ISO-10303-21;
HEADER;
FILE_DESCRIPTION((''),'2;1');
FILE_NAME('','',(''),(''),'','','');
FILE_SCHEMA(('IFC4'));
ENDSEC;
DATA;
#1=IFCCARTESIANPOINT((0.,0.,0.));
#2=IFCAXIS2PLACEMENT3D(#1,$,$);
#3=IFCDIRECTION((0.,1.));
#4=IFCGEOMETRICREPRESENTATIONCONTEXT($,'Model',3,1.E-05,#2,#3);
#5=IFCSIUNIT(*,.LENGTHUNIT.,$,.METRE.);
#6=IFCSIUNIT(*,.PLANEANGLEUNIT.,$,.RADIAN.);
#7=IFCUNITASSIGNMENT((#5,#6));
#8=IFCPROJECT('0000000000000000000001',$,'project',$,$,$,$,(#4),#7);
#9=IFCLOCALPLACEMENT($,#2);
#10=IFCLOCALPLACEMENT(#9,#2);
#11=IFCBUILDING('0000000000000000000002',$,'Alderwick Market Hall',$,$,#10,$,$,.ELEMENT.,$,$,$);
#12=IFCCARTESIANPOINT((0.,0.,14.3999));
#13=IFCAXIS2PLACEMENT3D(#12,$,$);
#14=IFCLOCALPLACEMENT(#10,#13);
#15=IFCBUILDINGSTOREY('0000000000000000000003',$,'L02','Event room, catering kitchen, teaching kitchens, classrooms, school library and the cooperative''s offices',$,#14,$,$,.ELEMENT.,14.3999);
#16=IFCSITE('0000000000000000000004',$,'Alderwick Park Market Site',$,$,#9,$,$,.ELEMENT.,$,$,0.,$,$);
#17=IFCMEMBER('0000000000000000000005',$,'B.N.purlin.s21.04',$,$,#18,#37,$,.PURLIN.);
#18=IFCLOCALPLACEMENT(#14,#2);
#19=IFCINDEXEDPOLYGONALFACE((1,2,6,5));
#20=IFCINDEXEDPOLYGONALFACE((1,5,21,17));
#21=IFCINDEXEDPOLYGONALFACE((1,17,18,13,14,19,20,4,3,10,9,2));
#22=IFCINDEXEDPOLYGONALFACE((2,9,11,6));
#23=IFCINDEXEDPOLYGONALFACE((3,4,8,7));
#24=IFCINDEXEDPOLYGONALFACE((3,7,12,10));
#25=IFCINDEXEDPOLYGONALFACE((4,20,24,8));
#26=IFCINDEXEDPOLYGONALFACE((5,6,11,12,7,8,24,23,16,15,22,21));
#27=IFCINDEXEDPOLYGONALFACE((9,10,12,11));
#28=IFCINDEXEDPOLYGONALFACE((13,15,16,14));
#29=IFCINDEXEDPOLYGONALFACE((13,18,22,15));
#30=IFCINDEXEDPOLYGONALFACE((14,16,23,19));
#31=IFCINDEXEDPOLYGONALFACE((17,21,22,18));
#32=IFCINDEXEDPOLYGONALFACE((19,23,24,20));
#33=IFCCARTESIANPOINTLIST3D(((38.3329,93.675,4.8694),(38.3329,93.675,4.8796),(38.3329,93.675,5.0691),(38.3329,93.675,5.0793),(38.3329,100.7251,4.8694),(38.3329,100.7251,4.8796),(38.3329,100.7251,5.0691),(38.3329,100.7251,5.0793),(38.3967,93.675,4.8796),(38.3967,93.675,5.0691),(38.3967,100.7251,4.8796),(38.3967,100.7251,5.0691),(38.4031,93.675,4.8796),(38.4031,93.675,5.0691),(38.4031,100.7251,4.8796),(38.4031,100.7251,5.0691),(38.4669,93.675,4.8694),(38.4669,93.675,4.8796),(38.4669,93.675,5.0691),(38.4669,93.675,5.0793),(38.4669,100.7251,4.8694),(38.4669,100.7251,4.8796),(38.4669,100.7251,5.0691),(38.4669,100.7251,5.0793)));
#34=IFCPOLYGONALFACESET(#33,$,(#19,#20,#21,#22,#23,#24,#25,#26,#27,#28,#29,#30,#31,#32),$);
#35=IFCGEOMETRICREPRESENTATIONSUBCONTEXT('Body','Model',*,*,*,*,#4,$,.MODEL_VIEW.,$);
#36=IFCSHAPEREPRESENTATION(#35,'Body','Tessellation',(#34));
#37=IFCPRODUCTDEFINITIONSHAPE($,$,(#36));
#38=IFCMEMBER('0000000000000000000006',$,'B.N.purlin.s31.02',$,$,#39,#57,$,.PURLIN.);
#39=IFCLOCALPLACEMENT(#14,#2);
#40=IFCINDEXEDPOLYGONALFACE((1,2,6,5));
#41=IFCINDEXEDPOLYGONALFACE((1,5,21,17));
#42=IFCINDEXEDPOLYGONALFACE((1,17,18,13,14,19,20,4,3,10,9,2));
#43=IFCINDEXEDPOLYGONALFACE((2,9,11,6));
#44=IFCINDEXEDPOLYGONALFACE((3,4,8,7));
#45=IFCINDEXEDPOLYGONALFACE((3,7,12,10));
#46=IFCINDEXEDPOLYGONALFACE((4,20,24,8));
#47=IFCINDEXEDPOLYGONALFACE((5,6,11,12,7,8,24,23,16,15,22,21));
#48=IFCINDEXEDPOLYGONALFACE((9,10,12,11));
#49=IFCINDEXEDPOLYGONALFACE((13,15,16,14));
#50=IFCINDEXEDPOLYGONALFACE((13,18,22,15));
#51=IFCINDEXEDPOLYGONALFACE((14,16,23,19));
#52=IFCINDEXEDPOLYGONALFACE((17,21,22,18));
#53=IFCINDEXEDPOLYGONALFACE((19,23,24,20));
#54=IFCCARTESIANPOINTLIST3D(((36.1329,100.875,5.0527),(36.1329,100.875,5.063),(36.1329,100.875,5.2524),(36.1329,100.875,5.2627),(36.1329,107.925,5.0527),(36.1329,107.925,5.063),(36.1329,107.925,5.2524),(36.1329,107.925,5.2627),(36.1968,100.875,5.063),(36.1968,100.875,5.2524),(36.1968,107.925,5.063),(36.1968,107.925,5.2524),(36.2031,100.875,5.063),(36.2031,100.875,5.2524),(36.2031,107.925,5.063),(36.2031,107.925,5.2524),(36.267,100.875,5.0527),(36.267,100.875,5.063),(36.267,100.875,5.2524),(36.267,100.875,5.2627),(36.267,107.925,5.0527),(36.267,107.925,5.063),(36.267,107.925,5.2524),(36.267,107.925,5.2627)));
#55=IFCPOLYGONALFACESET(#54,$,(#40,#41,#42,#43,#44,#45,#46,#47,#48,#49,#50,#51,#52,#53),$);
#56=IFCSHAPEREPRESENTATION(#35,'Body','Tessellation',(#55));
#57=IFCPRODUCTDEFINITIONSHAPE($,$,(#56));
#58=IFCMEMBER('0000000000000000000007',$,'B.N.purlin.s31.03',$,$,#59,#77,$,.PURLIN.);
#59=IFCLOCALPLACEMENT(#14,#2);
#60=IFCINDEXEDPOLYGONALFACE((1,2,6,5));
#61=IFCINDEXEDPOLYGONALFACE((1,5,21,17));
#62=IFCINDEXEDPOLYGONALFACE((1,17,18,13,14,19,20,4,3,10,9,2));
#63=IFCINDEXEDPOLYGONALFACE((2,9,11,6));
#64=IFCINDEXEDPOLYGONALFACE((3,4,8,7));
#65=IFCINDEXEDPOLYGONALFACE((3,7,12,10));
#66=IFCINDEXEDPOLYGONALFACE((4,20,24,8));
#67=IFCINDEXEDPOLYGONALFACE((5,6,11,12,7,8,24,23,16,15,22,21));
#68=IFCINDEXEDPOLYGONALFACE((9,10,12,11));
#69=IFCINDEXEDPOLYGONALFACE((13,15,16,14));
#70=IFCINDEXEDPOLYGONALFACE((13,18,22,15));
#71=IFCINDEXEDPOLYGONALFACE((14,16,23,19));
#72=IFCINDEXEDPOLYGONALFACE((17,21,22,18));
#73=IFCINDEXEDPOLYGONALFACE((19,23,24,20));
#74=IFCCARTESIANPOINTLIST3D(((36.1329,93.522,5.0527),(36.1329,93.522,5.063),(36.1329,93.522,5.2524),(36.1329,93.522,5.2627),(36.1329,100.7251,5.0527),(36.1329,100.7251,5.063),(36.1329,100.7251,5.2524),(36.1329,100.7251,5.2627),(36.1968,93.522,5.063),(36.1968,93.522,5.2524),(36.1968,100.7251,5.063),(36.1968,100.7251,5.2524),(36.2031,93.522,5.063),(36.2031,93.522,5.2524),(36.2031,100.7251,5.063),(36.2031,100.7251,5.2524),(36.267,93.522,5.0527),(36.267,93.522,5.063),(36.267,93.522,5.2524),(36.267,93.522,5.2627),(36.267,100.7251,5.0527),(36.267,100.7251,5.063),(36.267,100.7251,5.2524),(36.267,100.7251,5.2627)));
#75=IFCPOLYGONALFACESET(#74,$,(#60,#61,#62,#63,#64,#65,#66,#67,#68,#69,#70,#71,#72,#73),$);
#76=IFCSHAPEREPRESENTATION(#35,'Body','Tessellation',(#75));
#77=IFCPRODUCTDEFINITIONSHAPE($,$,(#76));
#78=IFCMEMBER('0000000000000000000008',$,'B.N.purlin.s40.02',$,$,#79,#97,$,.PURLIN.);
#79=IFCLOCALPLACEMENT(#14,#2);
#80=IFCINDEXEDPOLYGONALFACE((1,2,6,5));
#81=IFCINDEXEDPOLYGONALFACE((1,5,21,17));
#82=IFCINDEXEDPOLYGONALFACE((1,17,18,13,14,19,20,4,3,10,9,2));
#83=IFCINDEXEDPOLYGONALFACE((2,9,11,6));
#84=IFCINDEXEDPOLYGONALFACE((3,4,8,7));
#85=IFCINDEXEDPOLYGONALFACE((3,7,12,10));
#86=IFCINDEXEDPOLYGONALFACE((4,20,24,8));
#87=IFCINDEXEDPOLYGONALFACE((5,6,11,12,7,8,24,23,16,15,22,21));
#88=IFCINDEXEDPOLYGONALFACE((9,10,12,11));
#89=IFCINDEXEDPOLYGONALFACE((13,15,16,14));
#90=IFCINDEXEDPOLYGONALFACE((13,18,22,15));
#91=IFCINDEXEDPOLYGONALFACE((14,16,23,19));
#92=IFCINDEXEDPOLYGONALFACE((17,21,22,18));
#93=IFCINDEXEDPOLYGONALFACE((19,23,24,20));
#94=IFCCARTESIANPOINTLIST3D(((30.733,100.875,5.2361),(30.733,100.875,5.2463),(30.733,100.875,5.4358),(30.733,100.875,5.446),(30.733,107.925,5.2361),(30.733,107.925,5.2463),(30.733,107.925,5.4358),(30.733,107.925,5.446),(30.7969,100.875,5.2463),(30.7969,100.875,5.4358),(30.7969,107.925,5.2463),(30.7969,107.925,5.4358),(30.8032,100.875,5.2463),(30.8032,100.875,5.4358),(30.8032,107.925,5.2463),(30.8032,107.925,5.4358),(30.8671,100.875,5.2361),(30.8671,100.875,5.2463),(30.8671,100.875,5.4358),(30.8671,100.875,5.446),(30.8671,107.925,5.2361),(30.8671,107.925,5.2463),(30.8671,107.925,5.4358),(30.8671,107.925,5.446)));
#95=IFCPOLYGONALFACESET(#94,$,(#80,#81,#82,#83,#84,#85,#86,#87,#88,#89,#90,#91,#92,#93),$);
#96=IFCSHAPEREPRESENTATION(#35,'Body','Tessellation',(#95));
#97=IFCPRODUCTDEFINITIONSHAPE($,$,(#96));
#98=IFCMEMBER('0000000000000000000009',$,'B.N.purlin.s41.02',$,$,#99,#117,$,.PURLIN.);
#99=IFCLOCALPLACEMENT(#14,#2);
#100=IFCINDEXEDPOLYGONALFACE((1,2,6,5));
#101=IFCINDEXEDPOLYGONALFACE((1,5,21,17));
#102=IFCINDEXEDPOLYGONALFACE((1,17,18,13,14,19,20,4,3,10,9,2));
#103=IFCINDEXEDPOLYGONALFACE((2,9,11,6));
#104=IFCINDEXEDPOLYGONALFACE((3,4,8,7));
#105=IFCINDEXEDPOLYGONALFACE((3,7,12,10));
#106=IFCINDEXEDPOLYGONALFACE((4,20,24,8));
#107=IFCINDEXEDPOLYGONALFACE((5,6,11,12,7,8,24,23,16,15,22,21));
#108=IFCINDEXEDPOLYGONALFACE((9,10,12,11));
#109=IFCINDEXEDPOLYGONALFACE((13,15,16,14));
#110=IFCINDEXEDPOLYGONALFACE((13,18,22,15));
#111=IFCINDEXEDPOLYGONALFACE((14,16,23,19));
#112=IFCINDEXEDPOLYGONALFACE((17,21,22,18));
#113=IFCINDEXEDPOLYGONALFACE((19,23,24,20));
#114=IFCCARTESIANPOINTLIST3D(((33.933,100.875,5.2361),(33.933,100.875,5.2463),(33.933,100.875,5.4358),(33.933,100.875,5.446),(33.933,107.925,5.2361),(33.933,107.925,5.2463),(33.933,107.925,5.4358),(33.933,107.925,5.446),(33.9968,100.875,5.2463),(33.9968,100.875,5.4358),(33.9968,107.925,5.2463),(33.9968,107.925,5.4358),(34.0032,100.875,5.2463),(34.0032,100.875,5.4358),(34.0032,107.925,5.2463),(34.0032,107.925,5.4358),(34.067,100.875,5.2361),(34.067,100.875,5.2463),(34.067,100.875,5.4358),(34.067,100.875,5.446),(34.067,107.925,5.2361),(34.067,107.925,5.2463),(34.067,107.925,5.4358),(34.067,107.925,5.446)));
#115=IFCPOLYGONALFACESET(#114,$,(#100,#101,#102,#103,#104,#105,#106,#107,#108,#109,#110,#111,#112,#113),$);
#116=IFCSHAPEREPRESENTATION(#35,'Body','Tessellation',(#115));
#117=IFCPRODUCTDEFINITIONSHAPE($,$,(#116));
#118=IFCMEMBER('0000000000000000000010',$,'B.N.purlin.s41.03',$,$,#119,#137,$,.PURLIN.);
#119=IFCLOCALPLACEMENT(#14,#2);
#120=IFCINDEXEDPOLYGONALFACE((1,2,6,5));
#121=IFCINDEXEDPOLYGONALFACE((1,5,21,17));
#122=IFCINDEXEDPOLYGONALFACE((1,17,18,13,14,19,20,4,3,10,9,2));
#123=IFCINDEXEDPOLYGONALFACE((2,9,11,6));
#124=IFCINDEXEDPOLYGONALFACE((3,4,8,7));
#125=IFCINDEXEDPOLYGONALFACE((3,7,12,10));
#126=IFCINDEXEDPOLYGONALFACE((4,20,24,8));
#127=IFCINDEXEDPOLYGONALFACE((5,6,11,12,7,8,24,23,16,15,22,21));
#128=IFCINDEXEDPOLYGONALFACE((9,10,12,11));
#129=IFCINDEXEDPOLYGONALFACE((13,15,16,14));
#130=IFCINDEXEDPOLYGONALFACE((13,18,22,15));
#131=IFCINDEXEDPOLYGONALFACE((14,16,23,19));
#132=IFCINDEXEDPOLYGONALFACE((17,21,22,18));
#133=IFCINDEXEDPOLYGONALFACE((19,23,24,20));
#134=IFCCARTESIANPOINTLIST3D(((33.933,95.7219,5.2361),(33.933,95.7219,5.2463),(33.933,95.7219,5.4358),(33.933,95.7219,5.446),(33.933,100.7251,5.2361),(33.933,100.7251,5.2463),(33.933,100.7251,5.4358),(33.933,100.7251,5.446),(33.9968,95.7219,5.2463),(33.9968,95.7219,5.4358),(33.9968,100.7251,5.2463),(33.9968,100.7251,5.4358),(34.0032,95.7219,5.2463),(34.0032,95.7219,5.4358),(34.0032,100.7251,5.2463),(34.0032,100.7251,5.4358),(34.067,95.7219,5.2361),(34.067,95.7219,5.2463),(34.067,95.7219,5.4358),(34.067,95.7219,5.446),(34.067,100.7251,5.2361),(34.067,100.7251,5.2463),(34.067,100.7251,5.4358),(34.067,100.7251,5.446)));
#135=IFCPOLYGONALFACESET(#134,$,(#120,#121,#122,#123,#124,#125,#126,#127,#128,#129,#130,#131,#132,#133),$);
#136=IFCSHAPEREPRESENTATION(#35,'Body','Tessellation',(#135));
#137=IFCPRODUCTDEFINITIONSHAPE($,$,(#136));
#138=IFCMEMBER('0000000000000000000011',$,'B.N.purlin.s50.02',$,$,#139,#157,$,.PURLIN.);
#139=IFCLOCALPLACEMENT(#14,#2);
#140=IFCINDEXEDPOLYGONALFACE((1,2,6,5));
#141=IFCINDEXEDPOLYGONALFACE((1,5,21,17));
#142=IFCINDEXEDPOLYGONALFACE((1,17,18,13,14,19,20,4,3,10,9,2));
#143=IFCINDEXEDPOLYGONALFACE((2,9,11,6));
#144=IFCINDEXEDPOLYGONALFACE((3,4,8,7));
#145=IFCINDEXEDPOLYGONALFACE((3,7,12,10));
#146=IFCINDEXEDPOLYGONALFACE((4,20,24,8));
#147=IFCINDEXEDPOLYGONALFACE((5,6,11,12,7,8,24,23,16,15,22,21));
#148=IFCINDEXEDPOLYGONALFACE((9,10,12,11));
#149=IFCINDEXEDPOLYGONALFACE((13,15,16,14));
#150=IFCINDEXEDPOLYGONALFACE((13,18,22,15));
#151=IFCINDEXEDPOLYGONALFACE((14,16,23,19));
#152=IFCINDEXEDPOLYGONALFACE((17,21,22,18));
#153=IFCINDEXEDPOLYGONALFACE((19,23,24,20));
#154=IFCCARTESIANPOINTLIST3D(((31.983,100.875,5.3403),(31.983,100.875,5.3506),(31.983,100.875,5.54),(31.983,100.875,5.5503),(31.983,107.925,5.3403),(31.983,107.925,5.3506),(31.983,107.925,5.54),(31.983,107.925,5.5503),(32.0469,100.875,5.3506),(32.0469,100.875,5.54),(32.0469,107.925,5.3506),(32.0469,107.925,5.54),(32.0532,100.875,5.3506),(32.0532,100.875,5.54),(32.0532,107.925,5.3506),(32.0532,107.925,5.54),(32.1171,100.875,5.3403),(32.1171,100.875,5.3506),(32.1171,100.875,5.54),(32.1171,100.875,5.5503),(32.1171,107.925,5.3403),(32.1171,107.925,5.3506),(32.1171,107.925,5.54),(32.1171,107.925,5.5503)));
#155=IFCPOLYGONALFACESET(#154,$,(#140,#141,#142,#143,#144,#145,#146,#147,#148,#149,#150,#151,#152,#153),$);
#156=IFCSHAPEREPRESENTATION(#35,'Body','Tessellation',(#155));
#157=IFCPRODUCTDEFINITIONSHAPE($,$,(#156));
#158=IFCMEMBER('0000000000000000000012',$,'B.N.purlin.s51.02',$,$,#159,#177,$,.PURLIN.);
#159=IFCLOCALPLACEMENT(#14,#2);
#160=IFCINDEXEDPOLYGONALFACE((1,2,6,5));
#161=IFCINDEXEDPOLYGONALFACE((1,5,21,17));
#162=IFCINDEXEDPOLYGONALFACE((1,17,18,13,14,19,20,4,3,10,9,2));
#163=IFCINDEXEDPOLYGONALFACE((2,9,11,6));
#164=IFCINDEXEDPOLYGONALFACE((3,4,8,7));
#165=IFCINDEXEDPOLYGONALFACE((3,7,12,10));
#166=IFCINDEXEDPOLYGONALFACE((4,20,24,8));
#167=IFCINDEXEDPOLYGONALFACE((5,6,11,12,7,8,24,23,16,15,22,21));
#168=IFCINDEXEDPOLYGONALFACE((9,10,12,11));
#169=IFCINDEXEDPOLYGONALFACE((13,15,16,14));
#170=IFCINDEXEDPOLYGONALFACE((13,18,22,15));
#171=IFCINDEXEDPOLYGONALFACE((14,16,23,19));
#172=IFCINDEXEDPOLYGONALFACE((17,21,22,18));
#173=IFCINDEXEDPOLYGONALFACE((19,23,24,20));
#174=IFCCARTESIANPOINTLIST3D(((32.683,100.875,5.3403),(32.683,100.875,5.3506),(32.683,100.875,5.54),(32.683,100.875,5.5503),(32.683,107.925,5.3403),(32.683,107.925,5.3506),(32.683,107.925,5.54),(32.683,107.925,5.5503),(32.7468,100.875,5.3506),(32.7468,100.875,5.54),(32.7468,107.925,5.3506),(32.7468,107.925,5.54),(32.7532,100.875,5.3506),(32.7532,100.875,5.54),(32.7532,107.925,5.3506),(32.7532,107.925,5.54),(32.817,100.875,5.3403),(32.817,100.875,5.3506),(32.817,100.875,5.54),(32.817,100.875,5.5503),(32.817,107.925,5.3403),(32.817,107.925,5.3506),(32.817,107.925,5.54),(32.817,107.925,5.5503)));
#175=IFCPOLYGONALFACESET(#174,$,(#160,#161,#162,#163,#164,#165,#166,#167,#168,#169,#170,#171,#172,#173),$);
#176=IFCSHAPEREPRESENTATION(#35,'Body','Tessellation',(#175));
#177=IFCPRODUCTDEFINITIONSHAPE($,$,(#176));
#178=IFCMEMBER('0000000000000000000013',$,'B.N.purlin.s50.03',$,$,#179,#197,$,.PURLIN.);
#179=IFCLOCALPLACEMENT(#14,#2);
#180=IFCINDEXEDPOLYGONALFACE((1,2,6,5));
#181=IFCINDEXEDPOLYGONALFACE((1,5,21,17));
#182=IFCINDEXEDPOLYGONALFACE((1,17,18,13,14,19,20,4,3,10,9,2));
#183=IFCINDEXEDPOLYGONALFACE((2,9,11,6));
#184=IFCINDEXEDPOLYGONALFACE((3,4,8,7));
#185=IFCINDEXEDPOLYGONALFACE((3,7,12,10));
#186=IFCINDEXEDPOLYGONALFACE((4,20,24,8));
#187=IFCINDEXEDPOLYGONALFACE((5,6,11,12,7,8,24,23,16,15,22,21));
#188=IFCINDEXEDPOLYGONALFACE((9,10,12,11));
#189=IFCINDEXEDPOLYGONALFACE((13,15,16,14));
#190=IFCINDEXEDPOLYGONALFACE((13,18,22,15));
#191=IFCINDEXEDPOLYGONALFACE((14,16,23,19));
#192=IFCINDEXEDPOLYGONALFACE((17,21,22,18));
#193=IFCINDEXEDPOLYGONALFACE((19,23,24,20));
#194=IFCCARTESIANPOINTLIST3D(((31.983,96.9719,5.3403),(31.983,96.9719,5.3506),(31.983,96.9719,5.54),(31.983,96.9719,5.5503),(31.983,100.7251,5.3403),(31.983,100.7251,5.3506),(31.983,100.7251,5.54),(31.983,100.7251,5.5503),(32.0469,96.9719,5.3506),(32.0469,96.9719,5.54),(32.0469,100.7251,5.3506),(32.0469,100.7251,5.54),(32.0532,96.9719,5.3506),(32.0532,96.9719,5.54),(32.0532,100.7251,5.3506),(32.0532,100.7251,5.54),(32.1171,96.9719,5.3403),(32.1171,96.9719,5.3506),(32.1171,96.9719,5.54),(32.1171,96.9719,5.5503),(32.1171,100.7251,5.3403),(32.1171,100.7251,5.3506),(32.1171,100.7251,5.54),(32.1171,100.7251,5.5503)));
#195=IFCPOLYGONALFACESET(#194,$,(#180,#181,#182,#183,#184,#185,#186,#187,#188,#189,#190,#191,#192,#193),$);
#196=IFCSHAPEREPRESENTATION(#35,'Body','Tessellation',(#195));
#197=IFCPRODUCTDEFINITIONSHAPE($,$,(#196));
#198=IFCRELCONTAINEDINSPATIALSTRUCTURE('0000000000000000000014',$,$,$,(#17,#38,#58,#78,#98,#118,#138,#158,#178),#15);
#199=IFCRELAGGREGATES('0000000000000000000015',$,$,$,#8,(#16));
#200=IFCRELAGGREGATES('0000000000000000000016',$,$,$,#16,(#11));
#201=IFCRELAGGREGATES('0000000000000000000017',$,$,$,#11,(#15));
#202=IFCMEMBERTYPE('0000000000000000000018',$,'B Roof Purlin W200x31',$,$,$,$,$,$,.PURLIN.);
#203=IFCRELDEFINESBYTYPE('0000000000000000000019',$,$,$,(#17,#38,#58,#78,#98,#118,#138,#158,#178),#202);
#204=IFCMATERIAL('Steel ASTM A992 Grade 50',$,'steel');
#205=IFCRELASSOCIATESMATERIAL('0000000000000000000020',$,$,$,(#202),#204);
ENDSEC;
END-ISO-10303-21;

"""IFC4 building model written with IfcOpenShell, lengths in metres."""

from ifc_helpers import new_model, si_unit, direction, frame, origin, origin_2d, place, context, subcontext, project, spatial, i_section, extrude, material, material_profile, profile_set, type_object, element, save


model = new_model("IFC4")

# Units and contexts
model_context = context("Model", 3, precision=1e-05, world=origin(), true_north=direction((0.0, 1.0)))
body_context = subcontext(model_context, "Body", "Model", "MODEL_VIEW")
ifc_project = project(units=[si_unit("LENGTHUNIT", "METRE"), si_unit("PLANEANGLEUNIT", "RADIAN")], contexts=[model_context])

# Site, building, storey
site_placement = place(None, origin())
site = spatial("IfcSite", under=ifc_project, at=site_placement, Name="Alderwick Park Market Site", CompositionType="ELEMENT", RefElevation=0.0)
building_placement = place(site_placement, origin())
building = spatial("IfcBuilding", under=site, at=building_placement, Name="Alderwick Market Hall", CompositionType="ELEMENT")
storey_placement = place(building_placement, frame((0.0, 0.0, 14.3999)))
storey = spatial("IfcBuildingStorey", under=building, at=storey_placement, Name="L02", Description="Event room, catering kitchen, teaching kitchens, classrooms, school library and the cooperative's offices", CompositionType="ELEMENT", Elevation=14.3999)

# Members
ifc_material_1 = material(Name="Steel ASTM A992 Grade 50", Category="steel")
ifc_material_profile_1 = material_profile(ifc_material_1, i_section(OverallWidth=0.134, OverallDepth=0.21, WebThickness=0.0063, FlangeThickness=0.0103, at=origin_2d()), Name="W200x31")
ifc_profile_set_1 = profile_set([ifc_material_profile_1], Name="Steel ASTM A992 Grade 50")
member_type = type_object("IfcMemberType", Name="B Roof Purlin W200x31", PredefinedType="PURLIN", material=ifc_profile_set_1)
for number, where, z_axis, x_axis, name in (
    (1, (38.3999, 100.7251, 4.9744), (0.0, -1.0, 0.0), (1.0, 0.0, 0.0), "B.N.purlin.s21.04"),
    (2, (36.2, 107.925, 5.1577), (0.0, -1.0, 0.0), (1.0, 0.0, 0.0), "B.N.purlin.s31.02"),
):
    element("IfcMember", number, at=place(storey_placement, frame(where, z_axis=z_axis, x_axis=x_axis)), inside=storey, type_object=member_type, Name=name, PredefinedType="PURLIN", context=body_context, shape_type="SweptSolid", body=[
        extrude(i_section(OverallWidth=0.134, OverallDepth=0.21, WebThickness=0.0063, FlangeThickness=0.0103, at=origin_2d()), origin(), (0.0, 0.0, 1.0), 7.05),
    ])
member_1_placement = place(storey_placement, frame((36.2, 100.7251, 5.1577), z_axis=(0.0, -1.0, 0.0), x_axis=(1.0, 0.0, 0.0)))
element("IfcMember", 3, at=member_1_placement, inside=storey, type_object=member_type, Name="B.N.purlin.s31.03", PredefinedType="PURLIN", context=body_context, shape_type="SweptSolid", body=[
    extrude(i_section(OverallWidth=0.134, OverallDepth=0.21, WebThickness=0.0063, FlangeThickness=0.0103, at=origin_2d()), origin(), (0.0, 0.0, 1.0), 7.2031),
])
for number, where, z_axis, x_axis, name in (
    (4, (30.8, 107.925, 5.3411), (0.0, -1.0, 0.0), (1.0, 0.0, 0.0), "B.N.purlin.s40.02"),
    (5, (34.0, 107.925, 5.3411), (0.0, -1.0, 0.0), (1.0, 0.0, 0.0), "B.N.purlin.s41.02"),
):
    element("IfcMember", number, at=place(storey_placement, frame(where, z_axis=z_axis, x_axis=x_axis)), inside=storey, type_object=member_type, Name=name, PredefinedType="PURLIN", context=body_context, shape_type="SweptSolid", body=[
        extrude(i_section(OverallWidth=0.134, OverallDepth=0.21, WebThickness=0.0063, FlangeThickness=0.0103, at=origin_2d()), origin(), (0.0, 0.0, 1.0), 7.05),
    ])
member_2_placement = place(storey_placement, frame((34.0, 100.7251, 5.3411), z_axis=(0.0, -1.0, 0.0), x_axis=(1.0, 0.0, 0.0)))
element("IfcMember", 6, at=member_2_placement, inside=storey, type_object=member_type, Name="B.N.purlin.s41.03", PredefinedType="PURLIN", context=body_context, shape_type="SweptSolid", body=[
    extrude(i_section(OverallWidth=0.134, OverallDepth=0.21, WebThickness=0.0063, FlangeThickness=0.0103, at=origin_2d()), origin(), (0.0, 0.0, 1.0), 5.0032),
])
for number, where, z_axis, x_axis, name in (
    (7, (32.05, 107.925, 5.4453), (0.0, -1.0, 0.0), (1.0, 0.0, 0.0), "B.N.purlin.s50.02"),
    (8, (32.75, 107.925, 5.4453), (0.0, -1.0, 0.0), (1.0, 0.0, 0.0), "B.N.purlin.s51.02"),
):
    element("IfcMember", number, at=place(storey_placement, frame(where, z_axis=z_axis, x_axis=x_axis)), inside=storey, type_object=member_type, Name=name, PredefinedType="PURLIN", context=body_context, shape_type="SweptSolid", body=[
        extrude(i_section(OverallWidth=0.134, OverallDepth=0.21, WebThickness=0.0063, FlangeThickness=0.0103, at=origin_2d()), origin(), (0.0, 0.0, 1.0), 7.05),
    ])
for number, where, z_axis, x_axis, name in (
    (9, (32.05, 100.7251, 5.4453), (0.0, -1.0, 0.0), (1.0, 0.0, 0.0), "B.N.purlin.s50.03"),
):
    element("IfcMember", number, at=place(storey_placement, frame(where, z_axis=z_axis, x_axis=x_axis)), inside=storey, type_object=member_type, Name=name, PredefinedType="PURLIN", context=body_context, shape_type="SweptSolid", body=[
        extrude(i_section(OverallWidth=0.134, OverallDepth=0.21, WebThickness=0.0063, FlangeThickness=0.0103, at=origin_2d()), origin(), (0.0, 0.0, 1.0), 3.7532),
    ])

save(model, "model.ifc")
